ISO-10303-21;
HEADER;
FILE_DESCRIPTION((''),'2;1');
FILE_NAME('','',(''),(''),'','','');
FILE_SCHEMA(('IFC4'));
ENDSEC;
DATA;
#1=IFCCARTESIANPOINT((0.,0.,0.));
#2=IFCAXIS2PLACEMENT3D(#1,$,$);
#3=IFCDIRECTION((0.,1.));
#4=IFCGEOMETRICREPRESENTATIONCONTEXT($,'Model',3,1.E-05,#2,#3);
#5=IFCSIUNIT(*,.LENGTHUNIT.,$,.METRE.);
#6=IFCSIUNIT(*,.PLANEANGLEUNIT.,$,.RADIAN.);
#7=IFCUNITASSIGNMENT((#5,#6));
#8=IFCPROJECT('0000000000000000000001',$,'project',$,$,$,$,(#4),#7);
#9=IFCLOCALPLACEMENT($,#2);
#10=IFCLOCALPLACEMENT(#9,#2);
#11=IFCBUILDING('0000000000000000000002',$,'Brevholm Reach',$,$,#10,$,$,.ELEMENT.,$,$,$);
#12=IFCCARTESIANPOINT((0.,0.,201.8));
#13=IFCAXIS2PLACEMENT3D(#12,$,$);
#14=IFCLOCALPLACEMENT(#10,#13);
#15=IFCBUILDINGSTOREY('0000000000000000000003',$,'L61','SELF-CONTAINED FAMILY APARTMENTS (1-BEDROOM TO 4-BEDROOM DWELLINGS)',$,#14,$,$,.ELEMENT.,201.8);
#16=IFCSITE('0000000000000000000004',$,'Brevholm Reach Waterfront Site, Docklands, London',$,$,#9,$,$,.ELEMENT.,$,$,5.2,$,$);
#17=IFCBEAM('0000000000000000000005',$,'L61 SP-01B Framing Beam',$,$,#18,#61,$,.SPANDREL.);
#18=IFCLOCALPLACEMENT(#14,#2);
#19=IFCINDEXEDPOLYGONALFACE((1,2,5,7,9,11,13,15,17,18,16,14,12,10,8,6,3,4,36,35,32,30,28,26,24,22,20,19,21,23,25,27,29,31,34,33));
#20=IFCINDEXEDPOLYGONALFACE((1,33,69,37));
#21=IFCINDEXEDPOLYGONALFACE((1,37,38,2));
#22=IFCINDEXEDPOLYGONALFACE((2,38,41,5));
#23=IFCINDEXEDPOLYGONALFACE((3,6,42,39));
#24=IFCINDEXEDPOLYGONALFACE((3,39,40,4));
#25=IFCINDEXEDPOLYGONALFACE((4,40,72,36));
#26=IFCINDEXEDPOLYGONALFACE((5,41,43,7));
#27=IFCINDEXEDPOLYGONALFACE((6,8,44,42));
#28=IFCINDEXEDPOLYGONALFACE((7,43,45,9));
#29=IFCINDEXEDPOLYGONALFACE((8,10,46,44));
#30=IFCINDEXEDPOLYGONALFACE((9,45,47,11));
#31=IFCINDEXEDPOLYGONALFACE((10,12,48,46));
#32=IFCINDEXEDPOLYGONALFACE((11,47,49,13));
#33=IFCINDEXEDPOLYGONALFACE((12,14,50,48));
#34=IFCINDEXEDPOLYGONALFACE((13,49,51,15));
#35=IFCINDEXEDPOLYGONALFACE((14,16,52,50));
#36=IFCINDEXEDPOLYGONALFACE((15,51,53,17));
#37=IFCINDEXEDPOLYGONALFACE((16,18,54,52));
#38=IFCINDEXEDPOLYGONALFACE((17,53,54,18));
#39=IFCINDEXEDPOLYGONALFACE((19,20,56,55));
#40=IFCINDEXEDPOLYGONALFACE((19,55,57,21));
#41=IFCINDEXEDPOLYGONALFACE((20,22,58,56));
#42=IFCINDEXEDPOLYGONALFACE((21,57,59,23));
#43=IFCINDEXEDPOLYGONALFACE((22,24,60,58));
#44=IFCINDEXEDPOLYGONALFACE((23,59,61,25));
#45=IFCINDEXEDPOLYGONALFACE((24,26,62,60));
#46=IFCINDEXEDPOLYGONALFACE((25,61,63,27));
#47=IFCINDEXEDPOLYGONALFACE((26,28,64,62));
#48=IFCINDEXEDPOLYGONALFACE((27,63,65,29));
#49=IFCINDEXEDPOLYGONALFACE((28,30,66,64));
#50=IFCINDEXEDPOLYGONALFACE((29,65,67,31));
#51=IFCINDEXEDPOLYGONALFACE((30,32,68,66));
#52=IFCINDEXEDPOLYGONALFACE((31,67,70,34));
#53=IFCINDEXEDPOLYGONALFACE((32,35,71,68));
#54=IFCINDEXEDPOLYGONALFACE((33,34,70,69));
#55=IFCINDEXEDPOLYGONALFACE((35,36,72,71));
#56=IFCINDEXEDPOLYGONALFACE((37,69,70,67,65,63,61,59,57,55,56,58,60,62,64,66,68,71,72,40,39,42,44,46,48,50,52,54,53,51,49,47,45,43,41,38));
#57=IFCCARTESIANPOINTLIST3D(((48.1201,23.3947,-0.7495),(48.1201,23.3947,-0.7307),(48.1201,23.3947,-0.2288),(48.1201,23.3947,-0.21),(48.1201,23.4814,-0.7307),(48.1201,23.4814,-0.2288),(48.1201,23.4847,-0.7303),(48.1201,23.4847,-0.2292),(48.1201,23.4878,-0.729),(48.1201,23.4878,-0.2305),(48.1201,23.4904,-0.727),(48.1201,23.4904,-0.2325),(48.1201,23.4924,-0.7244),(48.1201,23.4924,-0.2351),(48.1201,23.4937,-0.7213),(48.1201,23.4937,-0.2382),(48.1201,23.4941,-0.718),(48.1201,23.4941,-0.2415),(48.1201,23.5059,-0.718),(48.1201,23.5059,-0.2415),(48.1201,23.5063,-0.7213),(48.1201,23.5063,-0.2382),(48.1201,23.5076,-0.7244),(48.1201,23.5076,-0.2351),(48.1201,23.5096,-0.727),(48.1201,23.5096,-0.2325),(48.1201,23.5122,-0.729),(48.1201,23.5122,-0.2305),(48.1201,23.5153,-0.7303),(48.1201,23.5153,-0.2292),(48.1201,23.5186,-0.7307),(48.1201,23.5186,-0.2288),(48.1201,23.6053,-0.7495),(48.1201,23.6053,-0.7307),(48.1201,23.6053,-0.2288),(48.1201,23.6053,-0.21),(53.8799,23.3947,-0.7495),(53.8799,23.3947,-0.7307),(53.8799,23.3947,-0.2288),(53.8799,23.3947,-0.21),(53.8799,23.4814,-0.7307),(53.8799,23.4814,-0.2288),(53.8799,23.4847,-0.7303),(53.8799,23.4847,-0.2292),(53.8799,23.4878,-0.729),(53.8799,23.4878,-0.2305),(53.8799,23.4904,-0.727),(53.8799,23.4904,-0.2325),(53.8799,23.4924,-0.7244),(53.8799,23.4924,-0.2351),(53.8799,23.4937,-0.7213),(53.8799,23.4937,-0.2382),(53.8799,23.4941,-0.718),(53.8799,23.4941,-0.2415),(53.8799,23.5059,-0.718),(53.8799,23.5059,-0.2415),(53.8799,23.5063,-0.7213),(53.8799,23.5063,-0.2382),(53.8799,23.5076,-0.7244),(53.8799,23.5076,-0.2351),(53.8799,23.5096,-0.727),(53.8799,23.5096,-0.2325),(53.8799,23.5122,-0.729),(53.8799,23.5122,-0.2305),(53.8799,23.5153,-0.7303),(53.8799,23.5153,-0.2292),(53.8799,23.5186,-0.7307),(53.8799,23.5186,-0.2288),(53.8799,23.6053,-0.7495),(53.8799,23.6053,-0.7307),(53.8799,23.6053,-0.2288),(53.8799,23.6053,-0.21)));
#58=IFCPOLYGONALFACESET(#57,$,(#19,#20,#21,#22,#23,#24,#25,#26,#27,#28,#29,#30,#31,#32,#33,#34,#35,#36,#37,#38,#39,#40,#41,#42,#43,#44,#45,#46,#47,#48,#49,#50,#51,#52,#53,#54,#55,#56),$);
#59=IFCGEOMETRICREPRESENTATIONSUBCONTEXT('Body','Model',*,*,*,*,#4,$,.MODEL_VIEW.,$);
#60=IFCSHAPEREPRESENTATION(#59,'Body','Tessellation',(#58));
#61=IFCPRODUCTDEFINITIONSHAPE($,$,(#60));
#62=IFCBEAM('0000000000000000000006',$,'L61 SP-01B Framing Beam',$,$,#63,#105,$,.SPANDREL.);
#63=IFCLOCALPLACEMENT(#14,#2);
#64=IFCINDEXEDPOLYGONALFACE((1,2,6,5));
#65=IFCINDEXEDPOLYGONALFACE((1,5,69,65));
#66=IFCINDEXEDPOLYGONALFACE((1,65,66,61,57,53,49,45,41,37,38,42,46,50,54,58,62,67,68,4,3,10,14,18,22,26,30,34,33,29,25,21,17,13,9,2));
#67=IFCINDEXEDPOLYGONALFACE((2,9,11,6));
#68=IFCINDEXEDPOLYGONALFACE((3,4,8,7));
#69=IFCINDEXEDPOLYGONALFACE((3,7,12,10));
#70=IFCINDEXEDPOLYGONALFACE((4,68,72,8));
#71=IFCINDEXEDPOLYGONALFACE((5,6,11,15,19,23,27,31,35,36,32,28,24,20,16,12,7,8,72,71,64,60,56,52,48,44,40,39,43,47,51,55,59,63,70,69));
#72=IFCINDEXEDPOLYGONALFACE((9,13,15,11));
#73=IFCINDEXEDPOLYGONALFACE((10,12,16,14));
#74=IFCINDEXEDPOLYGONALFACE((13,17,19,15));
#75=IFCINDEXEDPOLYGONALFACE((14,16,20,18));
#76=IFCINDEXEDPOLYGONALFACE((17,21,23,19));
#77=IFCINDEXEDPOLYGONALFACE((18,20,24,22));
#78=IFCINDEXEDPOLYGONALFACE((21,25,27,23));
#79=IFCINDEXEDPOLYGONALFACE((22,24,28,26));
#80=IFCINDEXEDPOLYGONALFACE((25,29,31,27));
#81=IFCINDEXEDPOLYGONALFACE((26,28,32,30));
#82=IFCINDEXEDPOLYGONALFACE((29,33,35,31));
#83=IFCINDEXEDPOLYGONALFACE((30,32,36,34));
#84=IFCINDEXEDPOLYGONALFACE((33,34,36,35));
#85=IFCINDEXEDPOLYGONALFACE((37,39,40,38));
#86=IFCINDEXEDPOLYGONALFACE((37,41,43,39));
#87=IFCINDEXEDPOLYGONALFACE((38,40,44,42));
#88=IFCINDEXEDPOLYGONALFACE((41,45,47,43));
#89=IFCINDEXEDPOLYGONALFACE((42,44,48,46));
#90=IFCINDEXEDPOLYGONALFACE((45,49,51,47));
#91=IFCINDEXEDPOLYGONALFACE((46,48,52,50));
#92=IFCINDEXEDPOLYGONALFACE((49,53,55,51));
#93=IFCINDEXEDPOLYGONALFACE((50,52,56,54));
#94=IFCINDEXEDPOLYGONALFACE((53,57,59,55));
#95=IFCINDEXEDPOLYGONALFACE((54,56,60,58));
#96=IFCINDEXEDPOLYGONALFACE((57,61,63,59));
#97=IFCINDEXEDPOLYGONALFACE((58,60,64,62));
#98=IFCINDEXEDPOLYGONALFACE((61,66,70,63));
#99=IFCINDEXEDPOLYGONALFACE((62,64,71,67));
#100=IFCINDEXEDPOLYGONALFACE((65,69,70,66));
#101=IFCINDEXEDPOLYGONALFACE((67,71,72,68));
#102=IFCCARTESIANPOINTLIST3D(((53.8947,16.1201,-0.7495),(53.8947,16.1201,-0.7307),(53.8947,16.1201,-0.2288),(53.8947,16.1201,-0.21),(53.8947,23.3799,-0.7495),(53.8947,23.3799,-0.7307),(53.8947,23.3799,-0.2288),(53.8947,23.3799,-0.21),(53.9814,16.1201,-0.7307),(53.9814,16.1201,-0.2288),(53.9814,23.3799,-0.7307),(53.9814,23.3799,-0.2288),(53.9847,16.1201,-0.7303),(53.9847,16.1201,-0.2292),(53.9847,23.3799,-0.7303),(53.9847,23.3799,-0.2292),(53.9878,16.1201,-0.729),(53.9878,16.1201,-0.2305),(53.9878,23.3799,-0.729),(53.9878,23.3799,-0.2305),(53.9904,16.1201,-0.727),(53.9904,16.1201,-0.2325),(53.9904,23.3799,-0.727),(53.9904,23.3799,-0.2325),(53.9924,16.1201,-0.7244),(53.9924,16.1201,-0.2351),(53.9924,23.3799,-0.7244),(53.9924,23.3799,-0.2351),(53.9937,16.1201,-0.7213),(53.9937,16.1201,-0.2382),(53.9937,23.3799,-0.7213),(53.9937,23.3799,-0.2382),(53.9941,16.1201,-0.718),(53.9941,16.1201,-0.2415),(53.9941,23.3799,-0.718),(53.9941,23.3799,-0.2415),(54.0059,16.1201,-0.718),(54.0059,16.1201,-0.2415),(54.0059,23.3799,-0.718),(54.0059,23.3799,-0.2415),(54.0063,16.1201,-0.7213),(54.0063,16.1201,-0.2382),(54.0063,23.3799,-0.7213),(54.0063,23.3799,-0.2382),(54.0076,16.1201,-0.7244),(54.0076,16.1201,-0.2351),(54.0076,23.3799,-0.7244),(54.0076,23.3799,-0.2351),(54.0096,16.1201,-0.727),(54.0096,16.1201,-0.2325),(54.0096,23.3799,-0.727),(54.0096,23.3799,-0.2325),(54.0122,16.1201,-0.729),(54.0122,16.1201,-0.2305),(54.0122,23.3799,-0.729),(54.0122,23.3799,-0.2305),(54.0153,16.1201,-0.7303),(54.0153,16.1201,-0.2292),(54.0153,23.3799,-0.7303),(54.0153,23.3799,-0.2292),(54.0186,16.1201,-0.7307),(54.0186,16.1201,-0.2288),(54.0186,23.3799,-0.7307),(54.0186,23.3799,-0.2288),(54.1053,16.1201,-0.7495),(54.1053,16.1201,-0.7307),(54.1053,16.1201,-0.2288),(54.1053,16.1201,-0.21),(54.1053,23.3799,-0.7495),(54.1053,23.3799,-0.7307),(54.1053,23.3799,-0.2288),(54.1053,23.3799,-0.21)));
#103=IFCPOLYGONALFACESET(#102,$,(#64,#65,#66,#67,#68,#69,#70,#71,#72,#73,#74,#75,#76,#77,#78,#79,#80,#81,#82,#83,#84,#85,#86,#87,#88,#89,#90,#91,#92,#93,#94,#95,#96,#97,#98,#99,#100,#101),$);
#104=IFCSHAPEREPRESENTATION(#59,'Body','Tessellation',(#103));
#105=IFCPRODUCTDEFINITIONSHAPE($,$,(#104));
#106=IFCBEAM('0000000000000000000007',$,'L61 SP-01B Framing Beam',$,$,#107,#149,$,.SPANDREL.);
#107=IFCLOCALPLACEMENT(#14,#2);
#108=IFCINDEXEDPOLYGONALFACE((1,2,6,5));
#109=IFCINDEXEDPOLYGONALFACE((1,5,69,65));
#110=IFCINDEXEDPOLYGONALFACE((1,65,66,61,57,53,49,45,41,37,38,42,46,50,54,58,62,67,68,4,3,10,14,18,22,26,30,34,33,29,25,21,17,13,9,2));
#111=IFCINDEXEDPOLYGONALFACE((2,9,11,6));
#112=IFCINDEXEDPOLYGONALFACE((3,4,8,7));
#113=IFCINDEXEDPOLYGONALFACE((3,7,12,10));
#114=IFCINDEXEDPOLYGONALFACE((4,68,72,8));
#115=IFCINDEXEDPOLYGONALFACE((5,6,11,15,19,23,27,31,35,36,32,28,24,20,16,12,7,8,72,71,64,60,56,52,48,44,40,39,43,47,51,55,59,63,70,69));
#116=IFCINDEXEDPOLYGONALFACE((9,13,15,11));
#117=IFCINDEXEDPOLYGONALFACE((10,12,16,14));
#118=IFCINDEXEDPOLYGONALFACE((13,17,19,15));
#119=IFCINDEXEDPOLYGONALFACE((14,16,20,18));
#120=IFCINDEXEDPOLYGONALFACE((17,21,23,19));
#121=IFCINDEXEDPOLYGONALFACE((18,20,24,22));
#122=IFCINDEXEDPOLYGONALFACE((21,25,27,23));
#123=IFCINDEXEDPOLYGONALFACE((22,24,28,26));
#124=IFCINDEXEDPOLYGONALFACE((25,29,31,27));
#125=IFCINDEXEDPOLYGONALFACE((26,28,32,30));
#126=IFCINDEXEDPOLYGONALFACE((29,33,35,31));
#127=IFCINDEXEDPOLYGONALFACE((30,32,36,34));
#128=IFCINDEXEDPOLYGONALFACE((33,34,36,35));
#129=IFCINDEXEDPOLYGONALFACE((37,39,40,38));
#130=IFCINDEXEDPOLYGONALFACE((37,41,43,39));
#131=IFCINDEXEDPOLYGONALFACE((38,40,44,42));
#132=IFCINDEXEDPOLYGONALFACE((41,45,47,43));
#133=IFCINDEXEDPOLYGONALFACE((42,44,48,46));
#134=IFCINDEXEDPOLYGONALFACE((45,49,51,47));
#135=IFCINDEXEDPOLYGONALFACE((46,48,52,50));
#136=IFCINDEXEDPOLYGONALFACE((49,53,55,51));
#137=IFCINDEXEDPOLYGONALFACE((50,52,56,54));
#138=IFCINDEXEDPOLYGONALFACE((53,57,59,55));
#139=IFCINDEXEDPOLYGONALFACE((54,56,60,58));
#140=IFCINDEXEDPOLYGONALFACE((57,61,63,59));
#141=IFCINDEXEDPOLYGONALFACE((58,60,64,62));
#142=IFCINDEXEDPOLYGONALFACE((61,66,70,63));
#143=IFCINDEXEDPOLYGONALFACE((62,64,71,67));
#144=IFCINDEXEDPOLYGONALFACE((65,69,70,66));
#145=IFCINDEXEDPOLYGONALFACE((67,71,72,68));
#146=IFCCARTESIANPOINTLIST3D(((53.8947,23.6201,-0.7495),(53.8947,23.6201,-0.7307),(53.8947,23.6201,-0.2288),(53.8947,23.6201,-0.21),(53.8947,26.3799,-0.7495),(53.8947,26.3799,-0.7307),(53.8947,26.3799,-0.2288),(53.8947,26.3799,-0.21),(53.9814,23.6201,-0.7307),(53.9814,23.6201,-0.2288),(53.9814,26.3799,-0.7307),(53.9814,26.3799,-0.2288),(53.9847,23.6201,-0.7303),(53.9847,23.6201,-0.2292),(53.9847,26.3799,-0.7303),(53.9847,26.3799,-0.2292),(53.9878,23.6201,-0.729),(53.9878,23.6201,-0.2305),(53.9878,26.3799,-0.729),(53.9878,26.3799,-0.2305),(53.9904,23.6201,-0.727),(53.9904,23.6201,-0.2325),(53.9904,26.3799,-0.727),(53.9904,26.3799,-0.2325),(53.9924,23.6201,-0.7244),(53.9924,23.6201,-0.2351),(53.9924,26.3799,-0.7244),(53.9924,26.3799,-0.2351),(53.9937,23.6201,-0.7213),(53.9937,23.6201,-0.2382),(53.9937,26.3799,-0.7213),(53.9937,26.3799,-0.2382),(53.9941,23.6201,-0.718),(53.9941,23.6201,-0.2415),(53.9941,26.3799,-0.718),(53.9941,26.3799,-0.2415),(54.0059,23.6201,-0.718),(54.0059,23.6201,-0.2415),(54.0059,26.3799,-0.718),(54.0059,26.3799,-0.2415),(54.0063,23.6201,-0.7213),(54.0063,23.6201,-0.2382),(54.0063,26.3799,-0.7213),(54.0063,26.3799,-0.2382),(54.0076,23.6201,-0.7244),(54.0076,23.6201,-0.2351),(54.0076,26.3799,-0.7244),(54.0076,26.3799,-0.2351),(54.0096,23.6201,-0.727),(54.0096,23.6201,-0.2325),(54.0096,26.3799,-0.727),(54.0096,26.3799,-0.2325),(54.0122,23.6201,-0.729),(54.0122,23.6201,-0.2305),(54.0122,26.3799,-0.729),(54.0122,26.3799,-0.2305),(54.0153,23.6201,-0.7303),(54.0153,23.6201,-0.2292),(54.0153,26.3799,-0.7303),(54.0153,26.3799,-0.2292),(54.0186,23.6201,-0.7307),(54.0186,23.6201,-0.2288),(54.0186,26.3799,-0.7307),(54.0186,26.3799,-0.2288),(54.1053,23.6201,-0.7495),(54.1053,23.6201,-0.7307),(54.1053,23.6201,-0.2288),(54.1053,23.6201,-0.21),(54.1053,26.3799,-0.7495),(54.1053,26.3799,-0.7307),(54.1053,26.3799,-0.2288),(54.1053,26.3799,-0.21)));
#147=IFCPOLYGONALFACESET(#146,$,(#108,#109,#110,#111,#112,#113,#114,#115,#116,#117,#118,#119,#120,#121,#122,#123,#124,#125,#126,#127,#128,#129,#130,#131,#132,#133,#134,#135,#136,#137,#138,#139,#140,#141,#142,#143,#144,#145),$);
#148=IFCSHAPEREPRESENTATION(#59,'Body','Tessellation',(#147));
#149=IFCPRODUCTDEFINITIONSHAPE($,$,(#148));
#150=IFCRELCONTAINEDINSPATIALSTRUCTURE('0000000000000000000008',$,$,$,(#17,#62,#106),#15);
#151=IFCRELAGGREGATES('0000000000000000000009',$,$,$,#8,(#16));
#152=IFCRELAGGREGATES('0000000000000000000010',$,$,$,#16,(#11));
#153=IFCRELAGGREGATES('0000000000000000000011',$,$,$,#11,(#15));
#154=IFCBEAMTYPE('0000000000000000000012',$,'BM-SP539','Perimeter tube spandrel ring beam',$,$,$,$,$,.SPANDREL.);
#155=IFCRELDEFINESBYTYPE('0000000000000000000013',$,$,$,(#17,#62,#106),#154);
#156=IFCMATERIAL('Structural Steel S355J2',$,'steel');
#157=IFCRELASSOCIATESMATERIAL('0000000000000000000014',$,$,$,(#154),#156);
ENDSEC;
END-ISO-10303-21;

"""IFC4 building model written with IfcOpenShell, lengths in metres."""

from ifc_helpers import new_model, si_unit, direction, frame, origin, origin_2d, place, context, subcontext, project, spatial, i_section, extrude, material, material_profile, profile_set, type_object, element, save


model = new_model("IFC4")

# Units and contexts
model_context = context("Model", 3, precision=1e-05, world=origin(), true_north=direction((0.0, 1.0)))
body_context = subcontext(model_context, "Body", "Model", "MODEL_VIEW")
ifc_project = project(units=[si_unit("LENGTHUNIT", "METRE"), si_unit("PLANEANGLEUNIT", "RADIAN")], contexts=[model_context])

# Site, building, storey
site_placement = place(None, origin())
site = spatial("IfcSite", under=ifc_project, at=site_placement, Name="Brevholm Reach Waterfront Site, Docklands, London", CompositionType="ELEMENT", RefElevation=5.2)
building_placement = place(site_placement, origin())
building = spatial("IfcBuilding", under=site, at=building_placement, Name="Brevholm Reach", CompositionType="ELEMENT")
storey_placement = place(building_placement, frame((0.0, 0.0, 201.8)))
storey = spatial("IfcBuildingStorey", under=building, at=storey_placement, Name="L61", Description="SELF-CONTAINED FAMILY APARTMENTS (1-BEDROOM TO 4-BEDROOM DWELLINGS)", CompositionType="ELEMENT", Elevation=201.8)

# Beams
ifc_material_1 = material(Name="Structural Steel S355J2", Category="steel")
ifc_material_profile_1 = material_profile(ifc_material_1, i_section(OverallWidth=0.2107, OverallDepth=0.5396, WebThickness=0.0117, FlangeThickness=0.0188, FilletRadius=0.0127, at=origin_2d()), Name="UKB 533x210x109")
ifc_profile_set_1 = profile_set([ifc_material_profile_1], Name="Structural Steel S355J2")
beam_type_1 = type_object("IfcBeamType", Name="BM-SP539", Description="Perimeter tube spandrel ring beam", PredefinedType="SPANDREL", material=ifc_profile_set_1)
beam_1_placement = place(storey_placement, frame((48.1201, 23.5, -0.4797), z_axis=(1.0, 0.0, 0.0), x_axis=(0.0, 1.0, 0.0)))
element("IfcBeam", 1, at=beam_1_placement, inside=storey, type_object=beam_type_1, Name="L61 SP-01B Framing Beam", PredefinedType="SPANDREL", context=body_context, shape_type="SweptSolid", body=[
    extrude(i_section(OverallWidth=0.2107, OverallDepth=0.5396, WebThickness=0.0117, FlangeThickness=0.0188, FilletRadius=0.0127, at=origin_2d()), origin(), (0.0, 0.0, 1.0), 5.7598),
])
beam_2_placement = place(storey_placement, frame((54.0, 16.1201, -0.4797), z_axis=(0.0, 1.0, 0.0), x_axis=(-1.0, 0.0, 0.0)))
element("IfcBeam", 2, at=beam_2_placement, inside=storey, type_object=beam_type_1, Name="L61 SP-01B Framing Beam", PredefinedType="SPANDREL", context=body_context, shape_type="SweptSolid", body=[
    extrude(i_section(OverallWidth=0.2107, OverallDepth=0.5396, WebThickness=0.0117, FlangeThickness=0.0188, FilletRadius=0.0127, at=origin_2d()), origin(), (0.0, 0.0, 1.0), 7.2598),
])
beam_3_placement = place(storey_placement, frame((54.0, 23.6201, -0.4797), z_axis=(0.0, 1.0, 0.0), x_axis=(-1.0, 0.0, 0.0)))
element("IfcBeam", 3, at=beam_3_placement, inside=storey, type_object=beam_type_1, Name="L61 SP-01B Framing Beam", PredefinedType="SPANDREL", context=body_context, shape_type="SweptSolid", body=[
    extrude(i_section(OverallWidth=0.2107, OverallDepth=0.5396, WebThickness=0.0117, FlangeThickness=0.0188, FilletRadius=0.0127, at=origin_2d()), origin(), (0.0, 0.0, 1.0), 2.7598),
])

save(model, "model.ifc")
